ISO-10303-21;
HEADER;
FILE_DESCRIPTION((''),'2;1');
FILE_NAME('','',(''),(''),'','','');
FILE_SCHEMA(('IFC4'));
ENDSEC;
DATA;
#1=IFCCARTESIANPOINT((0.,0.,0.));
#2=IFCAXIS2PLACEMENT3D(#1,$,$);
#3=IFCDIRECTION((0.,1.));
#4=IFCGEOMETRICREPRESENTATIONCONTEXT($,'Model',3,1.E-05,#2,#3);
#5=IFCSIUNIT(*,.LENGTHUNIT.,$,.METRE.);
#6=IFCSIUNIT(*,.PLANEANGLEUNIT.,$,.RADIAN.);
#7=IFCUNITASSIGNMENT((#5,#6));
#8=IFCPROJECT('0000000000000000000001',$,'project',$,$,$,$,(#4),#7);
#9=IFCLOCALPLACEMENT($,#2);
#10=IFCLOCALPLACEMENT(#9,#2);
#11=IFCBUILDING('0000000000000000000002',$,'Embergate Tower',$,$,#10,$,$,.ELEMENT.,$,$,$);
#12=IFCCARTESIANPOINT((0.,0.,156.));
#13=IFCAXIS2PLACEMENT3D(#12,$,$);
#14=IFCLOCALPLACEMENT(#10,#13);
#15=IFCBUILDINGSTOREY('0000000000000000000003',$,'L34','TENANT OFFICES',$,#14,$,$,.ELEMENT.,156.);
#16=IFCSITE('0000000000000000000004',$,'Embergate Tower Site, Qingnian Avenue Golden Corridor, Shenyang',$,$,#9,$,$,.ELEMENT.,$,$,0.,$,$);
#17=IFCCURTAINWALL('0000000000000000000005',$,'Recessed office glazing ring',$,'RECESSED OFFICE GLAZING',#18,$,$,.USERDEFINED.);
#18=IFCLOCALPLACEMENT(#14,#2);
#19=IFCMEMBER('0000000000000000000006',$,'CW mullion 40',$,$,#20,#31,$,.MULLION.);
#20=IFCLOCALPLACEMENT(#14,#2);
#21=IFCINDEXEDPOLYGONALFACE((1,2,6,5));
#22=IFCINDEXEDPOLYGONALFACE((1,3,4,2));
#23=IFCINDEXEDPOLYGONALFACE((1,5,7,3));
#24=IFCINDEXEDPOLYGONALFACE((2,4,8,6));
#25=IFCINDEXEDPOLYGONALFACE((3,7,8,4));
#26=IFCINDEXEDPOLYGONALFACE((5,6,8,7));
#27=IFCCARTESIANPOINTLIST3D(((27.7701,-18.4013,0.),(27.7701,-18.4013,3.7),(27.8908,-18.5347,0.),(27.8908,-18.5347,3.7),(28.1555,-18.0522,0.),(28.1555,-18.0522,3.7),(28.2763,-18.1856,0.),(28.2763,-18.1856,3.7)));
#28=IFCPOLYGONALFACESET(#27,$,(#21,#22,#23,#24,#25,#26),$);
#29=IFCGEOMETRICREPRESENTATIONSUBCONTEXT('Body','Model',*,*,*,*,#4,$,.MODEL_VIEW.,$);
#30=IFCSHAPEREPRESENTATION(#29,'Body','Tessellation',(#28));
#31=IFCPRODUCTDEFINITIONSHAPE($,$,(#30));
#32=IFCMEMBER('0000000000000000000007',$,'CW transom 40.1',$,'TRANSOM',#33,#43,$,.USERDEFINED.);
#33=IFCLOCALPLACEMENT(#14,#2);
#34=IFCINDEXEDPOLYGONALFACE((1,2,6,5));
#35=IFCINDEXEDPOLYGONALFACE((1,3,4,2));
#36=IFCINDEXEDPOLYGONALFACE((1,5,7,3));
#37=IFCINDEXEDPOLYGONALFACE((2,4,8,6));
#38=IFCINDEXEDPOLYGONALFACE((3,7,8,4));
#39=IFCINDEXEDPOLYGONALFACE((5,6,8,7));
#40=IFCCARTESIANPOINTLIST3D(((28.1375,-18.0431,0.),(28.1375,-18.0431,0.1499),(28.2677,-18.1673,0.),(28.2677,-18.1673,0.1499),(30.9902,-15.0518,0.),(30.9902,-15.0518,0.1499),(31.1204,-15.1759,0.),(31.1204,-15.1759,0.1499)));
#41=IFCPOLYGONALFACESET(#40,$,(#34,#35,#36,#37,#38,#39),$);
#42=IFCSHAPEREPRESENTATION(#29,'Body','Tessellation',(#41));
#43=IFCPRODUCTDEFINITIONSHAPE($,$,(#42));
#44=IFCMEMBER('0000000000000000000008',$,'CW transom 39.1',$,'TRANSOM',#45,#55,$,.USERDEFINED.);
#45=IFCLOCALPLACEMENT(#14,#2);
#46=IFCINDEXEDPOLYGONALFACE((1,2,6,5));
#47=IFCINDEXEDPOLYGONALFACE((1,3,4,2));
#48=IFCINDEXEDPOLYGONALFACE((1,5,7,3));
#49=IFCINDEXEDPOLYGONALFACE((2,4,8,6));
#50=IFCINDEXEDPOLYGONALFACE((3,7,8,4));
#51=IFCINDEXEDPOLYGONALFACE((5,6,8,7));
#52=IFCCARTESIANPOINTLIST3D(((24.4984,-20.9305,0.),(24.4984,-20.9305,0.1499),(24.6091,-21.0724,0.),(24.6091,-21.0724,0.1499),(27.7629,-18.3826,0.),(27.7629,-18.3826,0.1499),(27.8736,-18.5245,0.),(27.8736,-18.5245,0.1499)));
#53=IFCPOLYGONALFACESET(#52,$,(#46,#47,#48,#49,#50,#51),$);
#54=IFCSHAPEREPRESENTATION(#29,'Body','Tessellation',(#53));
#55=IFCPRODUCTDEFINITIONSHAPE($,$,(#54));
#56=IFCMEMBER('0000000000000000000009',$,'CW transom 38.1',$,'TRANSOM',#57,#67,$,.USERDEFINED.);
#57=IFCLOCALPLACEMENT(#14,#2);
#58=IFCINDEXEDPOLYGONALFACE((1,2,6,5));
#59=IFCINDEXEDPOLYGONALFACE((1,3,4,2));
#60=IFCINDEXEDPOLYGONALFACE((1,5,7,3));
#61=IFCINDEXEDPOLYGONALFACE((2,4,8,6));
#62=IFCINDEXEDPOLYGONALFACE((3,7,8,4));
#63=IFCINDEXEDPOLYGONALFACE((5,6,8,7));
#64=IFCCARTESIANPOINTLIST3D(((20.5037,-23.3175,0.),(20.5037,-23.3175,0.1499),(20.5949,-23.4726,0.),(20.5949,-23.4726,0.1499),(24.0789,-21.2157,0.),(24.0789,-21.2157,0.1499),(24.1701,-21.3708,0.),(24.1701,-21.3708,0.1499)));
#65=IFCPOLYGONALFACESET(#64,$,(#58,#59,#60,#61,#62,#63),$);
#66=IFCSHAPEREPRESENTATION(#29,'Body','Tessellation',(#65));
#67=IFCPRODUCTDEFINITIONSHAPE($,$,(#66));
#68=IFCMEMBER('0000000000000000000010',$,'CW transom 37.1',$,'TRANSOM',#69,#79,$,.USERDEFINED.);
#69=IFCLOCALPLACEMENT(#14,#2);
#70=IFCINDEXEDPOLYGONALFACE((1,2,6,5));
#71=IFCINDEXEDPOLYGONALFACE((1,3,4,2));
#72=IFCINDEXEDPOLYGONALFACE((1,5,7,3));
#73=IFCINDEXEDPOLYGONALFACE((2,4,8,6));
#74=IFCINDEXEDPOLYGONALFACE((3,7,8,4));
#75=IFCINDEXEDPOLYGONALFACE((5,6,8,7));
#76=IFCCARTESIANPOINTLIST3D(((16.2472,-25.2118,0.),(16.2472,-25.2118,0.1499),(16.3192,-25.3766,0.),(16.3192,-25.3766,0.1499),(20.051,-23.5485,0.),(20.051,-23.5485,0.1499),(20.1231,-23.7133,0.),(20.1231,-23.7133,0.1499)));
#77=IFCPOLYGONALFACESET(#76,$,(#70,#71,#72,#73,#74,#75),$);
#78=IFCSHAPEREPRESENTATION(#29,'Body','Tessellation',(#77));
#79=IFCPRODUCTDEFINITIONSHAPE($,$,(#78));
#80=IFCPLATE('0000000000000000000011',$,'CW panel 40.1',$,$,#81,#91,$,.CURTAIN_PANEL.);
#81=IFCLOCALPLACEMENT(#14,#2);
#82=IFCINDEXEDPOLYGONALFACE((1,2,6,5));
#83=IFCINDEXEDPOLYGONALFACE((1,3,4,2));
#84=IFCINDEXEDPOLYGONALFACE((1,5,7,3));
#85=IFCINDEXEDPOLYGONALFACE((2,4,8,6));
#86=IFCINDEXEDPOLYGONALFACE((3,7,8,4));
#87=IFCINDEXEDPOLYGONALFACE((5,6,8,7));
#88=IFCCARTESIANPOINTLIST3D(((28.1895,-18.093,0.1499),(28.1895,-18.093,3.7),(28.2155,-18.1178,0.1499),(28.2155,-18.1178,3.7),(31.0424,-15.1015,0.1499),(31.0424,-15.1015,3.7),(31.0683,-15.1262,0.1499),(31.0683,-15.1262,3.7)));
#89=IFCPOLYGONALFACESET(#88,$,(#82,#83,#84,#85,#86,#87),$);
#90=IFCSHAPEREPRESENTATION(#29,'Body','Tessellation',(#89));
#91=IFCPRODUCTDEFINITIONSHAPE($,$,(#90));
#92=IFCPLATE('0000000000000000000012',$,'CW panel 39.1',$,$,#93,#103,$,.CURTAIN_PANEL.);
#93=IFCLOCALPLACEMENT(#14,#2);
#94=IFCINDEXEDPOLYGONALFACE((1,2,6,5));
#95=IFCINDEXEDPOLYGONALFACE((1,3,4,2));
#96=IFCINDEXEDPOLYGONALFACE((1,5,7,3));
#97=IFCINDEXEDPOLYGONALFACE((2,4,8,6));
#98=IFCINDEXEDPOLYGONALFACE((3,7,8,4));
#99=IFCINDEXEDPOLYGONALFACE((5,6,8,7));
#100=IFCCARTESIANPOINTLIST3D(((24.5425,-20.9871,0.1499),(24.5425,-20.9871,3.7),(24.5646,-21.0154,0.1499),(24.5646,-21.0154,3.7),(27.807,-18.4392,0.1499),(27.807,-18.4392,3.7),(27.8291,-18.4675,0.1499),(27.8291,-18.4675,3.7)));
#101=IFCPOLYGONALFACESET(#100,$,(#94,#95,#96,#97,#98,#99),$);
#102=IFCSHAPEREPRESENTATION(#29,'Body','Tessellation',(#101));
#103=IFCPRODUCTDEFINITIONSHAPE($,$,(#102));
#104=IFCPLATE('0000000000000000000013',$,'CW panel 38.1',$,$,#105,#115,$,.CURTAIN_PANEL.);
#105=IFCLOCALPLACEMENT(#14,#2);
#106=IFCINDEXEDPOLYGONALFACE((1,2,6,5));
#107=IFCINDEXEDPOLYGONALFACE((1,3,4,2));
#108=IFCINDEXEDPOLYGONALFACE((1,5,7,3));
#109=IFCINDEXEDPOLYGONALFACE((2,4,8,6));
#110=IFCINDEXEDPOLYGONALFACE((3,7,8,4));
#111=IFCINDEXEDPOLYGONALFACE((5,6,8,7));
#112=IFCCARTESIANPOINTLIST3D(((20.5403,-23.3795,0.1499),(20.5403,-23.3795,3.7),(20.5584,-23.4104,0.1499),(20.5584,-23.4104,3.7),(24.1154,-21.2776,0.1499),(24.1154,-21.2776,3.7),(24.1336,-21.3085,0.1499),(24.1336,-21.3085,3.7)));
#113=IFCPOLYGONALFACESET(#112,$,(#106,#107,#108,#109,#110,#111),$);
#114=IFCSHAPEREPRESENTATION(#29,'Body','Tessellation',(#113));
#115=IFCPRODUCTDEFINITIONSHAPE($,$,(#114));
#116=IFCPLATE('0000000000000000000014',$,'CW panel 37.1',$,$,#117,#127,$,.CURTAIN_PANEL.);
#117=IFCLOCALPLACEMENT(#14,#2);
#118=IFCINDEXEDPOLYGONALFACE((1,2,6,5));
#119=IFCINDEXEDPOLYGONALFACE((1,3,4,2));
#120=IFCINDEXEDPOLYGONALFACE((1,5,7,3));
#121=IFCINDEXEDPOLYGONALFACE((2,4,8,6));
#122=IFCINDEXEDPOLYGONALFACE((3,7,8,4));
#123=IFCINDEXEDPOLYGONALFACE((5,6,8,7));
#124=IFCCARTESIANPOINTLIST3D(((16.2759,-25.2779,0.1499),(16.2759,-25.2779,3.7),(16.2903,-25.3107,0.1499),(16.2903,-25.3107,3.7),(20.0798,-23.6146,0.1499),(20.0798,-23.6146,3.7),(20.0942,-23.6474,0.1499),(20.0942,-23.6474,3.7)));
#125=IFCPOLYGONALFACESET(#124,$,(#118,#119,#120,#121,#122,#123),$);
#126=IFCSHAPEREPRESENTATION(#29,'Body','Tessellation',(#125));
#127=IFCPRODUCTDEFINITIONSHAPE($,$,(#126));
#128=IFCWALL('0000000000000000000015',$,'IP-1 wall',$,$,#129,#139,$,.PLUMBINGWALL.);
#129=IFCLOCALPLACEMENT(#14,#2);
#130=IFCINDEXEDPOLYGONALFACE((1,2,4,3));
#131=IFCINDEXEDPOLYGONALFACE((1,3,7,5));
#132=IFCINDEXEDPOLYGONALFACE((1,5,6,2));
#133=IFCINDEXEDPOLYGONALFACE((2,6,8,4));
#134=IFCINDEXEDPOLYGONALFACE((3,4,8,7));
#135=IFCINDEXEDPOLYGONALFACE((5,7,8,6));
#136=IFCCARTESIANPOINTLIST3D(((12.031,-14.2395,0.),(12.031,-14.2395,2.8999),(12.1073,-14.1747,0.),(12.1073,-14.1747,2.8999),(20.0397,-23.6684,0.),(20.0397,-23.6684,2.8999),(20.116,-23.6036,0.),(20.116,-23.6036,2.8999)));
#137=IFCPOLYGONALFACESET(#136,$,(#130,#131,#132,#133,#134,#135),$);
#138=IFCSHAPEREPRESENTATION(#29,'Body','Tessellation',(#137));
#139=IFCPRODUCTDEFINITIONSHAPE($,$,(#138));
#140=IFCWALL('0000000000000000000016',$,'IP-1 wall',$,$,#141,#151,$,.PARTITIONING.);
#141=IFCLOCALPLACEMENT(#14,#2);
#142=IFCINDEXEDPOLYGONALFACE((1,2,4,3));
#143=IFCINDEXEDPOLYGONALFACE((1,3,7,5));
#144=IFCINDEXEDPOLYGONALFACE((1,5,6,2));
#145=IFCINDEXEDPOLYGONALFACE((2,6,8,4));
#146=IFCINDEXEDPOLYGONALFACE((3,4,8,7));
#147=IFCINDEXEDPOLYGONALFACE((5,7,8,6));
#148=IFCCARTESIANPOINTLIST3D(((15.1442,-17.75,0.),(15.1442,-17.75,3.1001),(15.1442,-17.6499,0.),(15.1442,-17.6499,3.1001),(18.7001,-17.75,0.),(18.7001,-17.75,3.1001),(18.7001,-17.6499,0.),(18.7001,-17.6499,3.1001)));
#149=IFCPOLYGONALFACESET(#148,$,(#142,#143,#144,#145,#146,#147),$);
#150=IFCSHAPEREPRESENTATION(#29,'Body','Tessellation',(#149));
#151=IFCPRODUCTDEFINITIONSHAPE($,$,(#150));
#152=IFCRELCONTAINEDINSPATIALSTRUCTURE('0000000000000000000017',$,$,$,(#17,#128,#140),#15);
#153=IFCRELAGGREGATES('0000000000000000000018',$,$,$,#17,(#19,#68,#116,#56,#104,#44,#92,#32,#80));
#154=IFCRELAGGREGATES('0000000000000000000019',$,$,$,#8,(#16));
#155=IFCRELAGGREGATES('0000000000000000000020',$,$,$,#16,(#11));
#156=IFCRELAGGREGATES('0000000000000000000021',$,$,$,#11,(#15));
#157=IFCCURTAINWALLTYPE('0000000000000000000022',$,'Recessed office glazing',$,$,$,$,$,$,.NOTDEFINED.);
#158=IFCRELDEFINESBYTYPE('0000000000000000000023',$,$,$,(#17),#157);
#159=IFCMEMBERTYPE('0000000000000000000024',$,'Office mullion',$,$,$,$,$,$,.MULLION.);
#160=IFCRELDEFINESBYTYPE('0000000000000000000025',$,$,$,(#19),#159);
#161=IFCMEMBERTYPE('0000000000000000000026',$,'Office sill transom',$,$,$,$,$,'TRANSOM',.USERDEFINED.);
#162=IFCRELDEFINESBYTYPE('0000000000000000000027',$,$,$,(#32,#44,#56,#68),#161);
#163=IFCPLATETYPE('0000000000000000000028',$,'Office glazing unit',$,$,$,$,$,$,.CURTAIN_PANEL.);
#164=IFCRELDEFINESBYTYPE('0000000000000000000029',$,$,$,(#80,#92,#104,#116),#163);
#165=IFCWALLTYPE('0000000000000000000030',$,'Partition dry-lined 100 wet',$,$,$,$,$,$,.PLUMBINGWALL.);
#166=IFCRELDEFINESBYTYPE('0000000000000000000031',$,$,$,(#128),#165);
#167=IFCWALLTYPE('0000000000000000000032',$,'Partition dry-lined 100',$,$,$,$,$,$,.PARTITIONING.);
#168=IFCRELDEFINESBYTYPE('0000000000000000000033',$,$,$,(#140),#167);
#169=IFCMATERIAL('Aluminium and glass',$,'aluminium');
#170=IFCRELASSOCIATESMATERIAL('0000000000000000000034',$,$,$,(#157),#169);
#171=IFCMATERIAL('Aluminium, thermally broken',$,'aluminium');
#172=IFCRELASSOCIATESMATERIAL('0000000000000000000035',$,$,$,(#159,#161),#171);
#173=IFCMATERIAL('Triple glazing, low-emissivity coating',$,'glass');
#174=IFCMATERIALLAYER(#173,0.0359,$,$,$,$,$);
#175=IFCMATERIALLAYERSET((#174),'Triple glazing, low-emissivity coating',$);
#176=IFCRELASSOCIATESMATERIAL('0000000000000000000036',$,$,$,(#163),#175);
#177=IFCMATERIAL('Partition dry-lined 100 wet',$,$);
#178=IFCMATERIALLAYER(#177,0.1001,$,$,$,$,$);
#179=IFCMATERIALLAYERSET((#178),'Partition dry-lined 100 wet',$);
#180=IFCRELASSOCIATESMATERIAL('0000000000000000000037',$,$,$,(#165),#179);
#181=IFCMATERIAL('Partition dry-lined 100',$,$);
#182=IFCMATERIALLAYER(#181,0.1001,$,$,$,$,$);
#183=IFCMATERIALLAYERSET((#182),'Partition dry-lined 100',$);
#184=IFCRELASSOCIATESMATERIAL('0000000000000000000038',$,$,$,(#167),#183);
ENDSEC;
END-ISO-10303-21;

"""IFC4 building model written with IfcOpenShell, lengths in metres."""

from ifc_helpers import new_model, si_unit, direction, frame, frame_2d, origin, origin_2d, place, context, subcontext, project, spatial, rectangle, extrude, source, transform, mapped, material, layer, layer_set, material_profile, profile_set, type_object, element, aggregate, save


model = new_model("IFC4")

# Units and contexts
model_context = context("Model", 3, precision=1e-05, world=origin(), true_north=direction((0.0, 1.0)))
body_context = subcontext(model_context, "Body", "Model", "MODEL_VIEW")
ifc_project = project(units=[si_unit("LENGTHUNIT", "METRE"), si_unit("PLANEANGLEUNIT", "RADIAN")], contexts=[model_context])

# Site, building, storey
site_placement = place(None, origin())
site = spatial("IfcSite", under=ifc_project, at=site_placement, Name="Embergate Tower Site, Qingnian Avenue Golden Corridor, Shenyang", CompositionType="ELEMENT", RefElevation=0.0)
building_placement = place(site_placement, origin())
building = spatial("IfcBuilding", under=site, at=building_placement, Name="Embergate Tower", CompositionType="ELEMENT")
storey_placement = place(building_placement, frame((0.0, 0.0, 156.0)))
storey = spatial("IfcBuildingStorey", under=building, at=storey_placement, Name="L34", Description="TENANT OFFICES", CompositionType="ELEMENT", Elevation=156.0)

# Curtain wall, members, plates
ifc_material_1 = material(Name="Aluminium and glass", Category="aluminium")
curtain_wall_type = type_object("IfcCurtainWallType", Name="Recessed office glazing", PredefinedType="NOTDEFINED", material=ifc_material_1)
curtain_wall_placement = place(storey_placement, origin())
curtain_wall = element("IfcCurtainWall", 1, at=curtain_wall_placement, inside=storey, type_object=curtain_wall_type, Name="Recessed office glazing ring", ObjectType="RECESSED OFFICE GLAZING", PredefinedType="USERDEFINED")
ifc_material_2 = material(Name="Aluminium, thermally broken", Category="aluminium")
ifc_material_profile_1 = material_profile(ifc_material_2, rectangle(XDim=0.1799, YDim=0.52, at=origin_2d()), Name="AL 520x180")
ifc_profile_set_1 = profile_set([ifc_material_profile_1], Name="Aluminium, thermally broken")
member_type_1 = type_object("IfcMemberType", Name="Office mullion", PredefinedType="MULLION", material=ifc_profile_set_1)
shared_shape_1 = source(origin(), body_context, "Body", "SweptSolid", [
    extrude(rectangle(XDim=0.1799, YDim=0.52, at=origin_2d()), origin(), (0.0, 0.0, 1.0), 3.7),
])
member_1_placement = place(storey_placement, frame((28.0232, -18.2935, 0.0), z_axis=(0.0, 0.0, 1.0), x_axis=(-0.671227, 0.741252, 0.0)))
member_1 = element("IfcMember", 2, at=member_1_placement, type_object=member_type_1, Name="CW mullion 40", PredefinedType="MULLION", context=body_context, shape_type="MappedRepresentation", body=[
    mapped(shared_shape_1, transform((0.0, 0.0, 0.0))),
])
ifc_material_profile_2 = material_profile(ifc_material_2, rectangle(XDim=0.1799, YDim=0.1499, at=origin_2d()), Name="AL 150x180")
ifc_profile_set_2 = profile_set([ifc_material_profile_2], Name="Aluminium, thermally broken")
member_type_2 = type_object("IfcMemberType", Name="Office sill transom", ElementType="TRANSOM", PredefinedType="USERDEFINED", material=ifc_profile_set_2)
shared_shape_2 = source(origin(), body_context, "Body", "SweptSolid", [
    extrude(rectangle(XDim=0.1799, YDim=0.1499, at=origin_2d()), origin(), (0.0, 0.0, 1.0), 4.1335),
])
member_2_placement = place(storey_placement, frame((28.2026, -18.1052, 0.075), z_axis=(0.690134, 0.723681, 0.0), x_axis=(-0.723681, 0.690134, 0.0)))
member_2 = element("IfcMember", 3, at=member_2_placement, type_object=member_type_2, Name="CW transom 40.1", ObjectType="TRANSOM", PredefinedType="USERDEFINED", context=body_context, shape_type="MappedRepresentation", body=[
    mapped(shared_shape_2, transform((0.0, 0.0, 0.0))),
])
shared_shape_3 = source(origin(), body_context, "Body", "SweptSolid", [
    extrude(rectangle(XDim=0.1799, YDim=0.1499, at=origin_2d()), origin(), (0.0, 0.0, 1.0), 4.1411),
])
member_3_placement = place(storey_placement, frame((24.5537, -21.0015, 0.075), z_axis=(0.788313, 0.615274, 0.0), x_axis=(-0.615274, 0.788313, 0.0)))
member_3 = element("IfcMember", 4, at=member_3_placement, type_object=member_type_2, Name="CW transom 39.1", ObjectType="TRANSOM", PredefinedType="USERDEFINED", context=body_context, shape_type="MappedRepresentation", body=[
    mapped(shared_shape_3, transform((0.0, 0.0, 0.0))),
])
shared_shape_4 = source(origin(), body_context, "Body", "SweptSolid", [
    extrude(rectangle(XDim=0.1799, YDim=0.1499, at=origin_2d()), origin(), (0.0, 0.0, 1.0), 4.1472),
])
member_4_placement = place(storey_placement, frame((20.5493, -23.395, 0.075), z_axis=(0.862066, 0.506796, 0.0), x_axis=(-0.506796, 0.862066, 0.0)))
member_4 = element("IfcMember", 5, at=member_4_placement, type_object=member_type_2, Name="CW transom 38.1", ObjectType="TRANSOM", PredefinedType="USERDEFINED", context=body_context, shape_type="MappedRepresentation", body=[
    mapped(shared_shape_4, transform((0.0, 0.0, 0.0))),
])
shared_shape_5 = source(origin(), body_context, "Body", "SweptSolid", [
    extrude(rectangle(XDim=0.1799, YDim=0.1499, at=origin_2d()), origin(), (0.0, 0.0, 1.0), 4.1516),
])
member_5_placement = place(storey_placement, frame((16.2832, -25.2942, 0.075), z_axis=(0.916237, 0.400637, 0.0), x_axis=(-0.400637, 0.916237, 0.0)))
member_5 = element("IfcMember", 6, at=member_5_placement, type_object=member_type_2, Name="CW transom 37.1", ObjectType="TRANSOM", PredefinedType="USERDEFINED", context=body_context, shape_type="MappedRepresentation", body=[
    mapped(shared_shape_5, transform((0.0, 0.0, 0.0))),
])
ifc_material_3 = material(Name="Triple glazing, low-emissivity coating", Category="glass")
ifc_layer_1 = layer(ifc_material_3, 0.0359)
ifc_layer_set_1 = layer_set([ifc_layer_1], Name="Triple glazing, low-emissivity coating")
plate_type = type_object("IfcPlateType", Name="Office glazing unit", PredefinedType="CURTAIN_PANEL", material=ifc_layer_set_1)
shared_shape_6 = source(origin(), body_context, "Body", "SweptSolid", [
    extrude(rectangle(XDim=4.1338, YDim=0.0359, at=origin_2d()), origin(), (0.0, 0.0, 1.0), 3.55),
])
plate_1_placement = place(storey_placement, frame((29.6289, -16.6096, 0.1499), z_axis=(0.0, 0.0, 1.0), x_axis=(0.690135, 0.723681, 0.0)))
plate_1 = element("IfcPlate", 7, at=plate_1_placement, type_object=plate_type, Name="CW panel 40.1", PredefinedType="CURTAIN_PANEL", context=body_context, shape_type="MappedRepresentation", body=[
    mapped(shared_shape_6, transform((0.0, 0.0, 0.0))),
])
shared_shape_7 = source(origin(), body_context, "Body", "SweptSolid", [
    extrude(rectangle(XDim=4.1411, YDim=0.0359, at=origin_2d()), origin(), (0.0, 0.0, 1.0), 3.55),
])
plate_2_placement = place(storey_placement, frame((26.1858, -19.7273, 0.1499), z_axis=(0.0, 0.0, 1.0), x_axis=(0.78832, 0.615265, 0.0)))
plate_2 = element("IfcPlate", 8, at=plate_2_placement, type_object=plate_type, Name="CW panel 39.1", PredefinedType="CURTAIN_PANEL", context=body_context, shape_type="MappedRepresentation", body=[
    mapped(shared_shape_7, transform((0.0, 0.0, 0.0))),
])
shared_shape_8 = source(origin(), body_context, "Body", "SweptSolid", [
    extrude(rectangle(XDim=4.1472, YDim=0.0359, at=origin_2d()), origin(), (0.0, 0.0, 1.0), 3.55),
])
plate_3_placement = place(storey_placement, frame((22.3369, -22.344, 0.1499), z_axis=(0.0, 0.0, 1.0), x_axis=(0.862053, 0.506818, 0.0)))
plate_3 = element("IfcPlate", 9, at=plate_3_placement, type_object=plate_type, Name="CW panel 38.1", PredefinedType="CURTAIN_PANEL", context=body_context, shape_type="MappedRepresentation", body=[
    mapped(shared_shape_8, transform((0.0, 0.0, 0.0))),
])
shared_shape_9 = source(origin(), body_context, "Body", "SweptSolid", [
    extrude(rectangle(XDim=4.1516, YDim=0.0359, at=origin_2d()), origin(), (0.0, 0.0, 1.0), 3.55),
])
plate_4_placement = place(storey_placement, frame((18.1851, -24.4626, 0.1499), z_axis=(0.0, 0.0, 1.0), x_axis=(0.916236, 0.400638, 0.0)))
plate_4 = element("IfcPlate", 10, at=plate_4_placement, type_object=plate_type, Name="CW panel 37.1", PredefinedType="CURTAIN_PANEL", context=body_context, shape_type="MappedRepresentation", body=[
    mapped(shared_shape_9, transform((0.0, 0.0, 0.0))),
])
aggregate(curtain_wall, [member_1, member_5, plate_4, member_4, plate_3, member_3, plate_2, member_2, plate_1])

# Walls
ifc_material_4 = material(Name="Partition dry-lined 100 wet")
ifc_layer_2 = layer(ifc_material_4, 0.1001)
ifc_layer_set_2 = layer_set([ifc_layer_2], Name="Partition dry-lined 100 wet")
wall_type_1 = type_object("IfcWallType", Name="Partition dry-lined 100 wet", PredefinedType="PLUMBINGWALL", material=ifc_layer_set_2)
shared_shape_10 = source(origin(), body_context, "Body", "SweptSolid", [
    extrude(rectangle(XDim=12.3711, YDim=0.1001, at=frame_2d((6.1855, 0.0))), origin(), (0.0, 0.0, 1.0), 2.8999),
])
wall_1_placement = place(storey_placement, frame((20.0779, -23.636, 0.0), z_axis=(0.0, 0.0, 1.0), x_axis=(-0.647375, 0.762172, 0.0)))
element("IfcWall", 11, at=wall_1_placement, inside=storey, type_object=wall_type_1, Name="IP-1 wall", PredefinedType="PLUMBINGWALL", context=body_context, shape_type="MappedRepresentation", body=[
    mapped(shared_shape_10, transform((0.0, 0.0, 0.0))),
])
ifc_material_5 = material(Name="Partition dry-lined 100")
ifc_layer_3 = layer(ifc_material_5, 0.1001)
ifc_layer_set_3 = layer_set([ifc_layer_3], Name="Partition dry-lined 100")
wall_type_2 = type_object("IfcWallType", Name="Partition dry-lined 100", PredefinedType="PARTITIONING", material=ifc_layer_set_3)
shared_shape_11 = source(origin(), body_context, "Body", "SweptSolid", [
    extrude(rectangle(XDim=3.5559, YDim=0.1001, at=frame_2d((1.7778, 0.0))), origin(), (0.0, 0.0, 1.0), 3.1001),
])
wall_2_placement = place(storey_placement, frame((18.7, -17.7, 0.0), z_axis=(0.0, 0.0, 1.0), x_axis=(-1.0, 0.0, 0.0)))
element("IfcWall", 12, at=wall_2_placement, inside=storey, type_object=wall_type_2, Name="IP-1 wall", PredefinedType="PARTITIONING", context=body_context, shape_type="MappedRepresentation", body=[
    mapped(shared_shape_11, transform((0.0, 0.0, 0.0))),
])

save(model, "model.ifc")
